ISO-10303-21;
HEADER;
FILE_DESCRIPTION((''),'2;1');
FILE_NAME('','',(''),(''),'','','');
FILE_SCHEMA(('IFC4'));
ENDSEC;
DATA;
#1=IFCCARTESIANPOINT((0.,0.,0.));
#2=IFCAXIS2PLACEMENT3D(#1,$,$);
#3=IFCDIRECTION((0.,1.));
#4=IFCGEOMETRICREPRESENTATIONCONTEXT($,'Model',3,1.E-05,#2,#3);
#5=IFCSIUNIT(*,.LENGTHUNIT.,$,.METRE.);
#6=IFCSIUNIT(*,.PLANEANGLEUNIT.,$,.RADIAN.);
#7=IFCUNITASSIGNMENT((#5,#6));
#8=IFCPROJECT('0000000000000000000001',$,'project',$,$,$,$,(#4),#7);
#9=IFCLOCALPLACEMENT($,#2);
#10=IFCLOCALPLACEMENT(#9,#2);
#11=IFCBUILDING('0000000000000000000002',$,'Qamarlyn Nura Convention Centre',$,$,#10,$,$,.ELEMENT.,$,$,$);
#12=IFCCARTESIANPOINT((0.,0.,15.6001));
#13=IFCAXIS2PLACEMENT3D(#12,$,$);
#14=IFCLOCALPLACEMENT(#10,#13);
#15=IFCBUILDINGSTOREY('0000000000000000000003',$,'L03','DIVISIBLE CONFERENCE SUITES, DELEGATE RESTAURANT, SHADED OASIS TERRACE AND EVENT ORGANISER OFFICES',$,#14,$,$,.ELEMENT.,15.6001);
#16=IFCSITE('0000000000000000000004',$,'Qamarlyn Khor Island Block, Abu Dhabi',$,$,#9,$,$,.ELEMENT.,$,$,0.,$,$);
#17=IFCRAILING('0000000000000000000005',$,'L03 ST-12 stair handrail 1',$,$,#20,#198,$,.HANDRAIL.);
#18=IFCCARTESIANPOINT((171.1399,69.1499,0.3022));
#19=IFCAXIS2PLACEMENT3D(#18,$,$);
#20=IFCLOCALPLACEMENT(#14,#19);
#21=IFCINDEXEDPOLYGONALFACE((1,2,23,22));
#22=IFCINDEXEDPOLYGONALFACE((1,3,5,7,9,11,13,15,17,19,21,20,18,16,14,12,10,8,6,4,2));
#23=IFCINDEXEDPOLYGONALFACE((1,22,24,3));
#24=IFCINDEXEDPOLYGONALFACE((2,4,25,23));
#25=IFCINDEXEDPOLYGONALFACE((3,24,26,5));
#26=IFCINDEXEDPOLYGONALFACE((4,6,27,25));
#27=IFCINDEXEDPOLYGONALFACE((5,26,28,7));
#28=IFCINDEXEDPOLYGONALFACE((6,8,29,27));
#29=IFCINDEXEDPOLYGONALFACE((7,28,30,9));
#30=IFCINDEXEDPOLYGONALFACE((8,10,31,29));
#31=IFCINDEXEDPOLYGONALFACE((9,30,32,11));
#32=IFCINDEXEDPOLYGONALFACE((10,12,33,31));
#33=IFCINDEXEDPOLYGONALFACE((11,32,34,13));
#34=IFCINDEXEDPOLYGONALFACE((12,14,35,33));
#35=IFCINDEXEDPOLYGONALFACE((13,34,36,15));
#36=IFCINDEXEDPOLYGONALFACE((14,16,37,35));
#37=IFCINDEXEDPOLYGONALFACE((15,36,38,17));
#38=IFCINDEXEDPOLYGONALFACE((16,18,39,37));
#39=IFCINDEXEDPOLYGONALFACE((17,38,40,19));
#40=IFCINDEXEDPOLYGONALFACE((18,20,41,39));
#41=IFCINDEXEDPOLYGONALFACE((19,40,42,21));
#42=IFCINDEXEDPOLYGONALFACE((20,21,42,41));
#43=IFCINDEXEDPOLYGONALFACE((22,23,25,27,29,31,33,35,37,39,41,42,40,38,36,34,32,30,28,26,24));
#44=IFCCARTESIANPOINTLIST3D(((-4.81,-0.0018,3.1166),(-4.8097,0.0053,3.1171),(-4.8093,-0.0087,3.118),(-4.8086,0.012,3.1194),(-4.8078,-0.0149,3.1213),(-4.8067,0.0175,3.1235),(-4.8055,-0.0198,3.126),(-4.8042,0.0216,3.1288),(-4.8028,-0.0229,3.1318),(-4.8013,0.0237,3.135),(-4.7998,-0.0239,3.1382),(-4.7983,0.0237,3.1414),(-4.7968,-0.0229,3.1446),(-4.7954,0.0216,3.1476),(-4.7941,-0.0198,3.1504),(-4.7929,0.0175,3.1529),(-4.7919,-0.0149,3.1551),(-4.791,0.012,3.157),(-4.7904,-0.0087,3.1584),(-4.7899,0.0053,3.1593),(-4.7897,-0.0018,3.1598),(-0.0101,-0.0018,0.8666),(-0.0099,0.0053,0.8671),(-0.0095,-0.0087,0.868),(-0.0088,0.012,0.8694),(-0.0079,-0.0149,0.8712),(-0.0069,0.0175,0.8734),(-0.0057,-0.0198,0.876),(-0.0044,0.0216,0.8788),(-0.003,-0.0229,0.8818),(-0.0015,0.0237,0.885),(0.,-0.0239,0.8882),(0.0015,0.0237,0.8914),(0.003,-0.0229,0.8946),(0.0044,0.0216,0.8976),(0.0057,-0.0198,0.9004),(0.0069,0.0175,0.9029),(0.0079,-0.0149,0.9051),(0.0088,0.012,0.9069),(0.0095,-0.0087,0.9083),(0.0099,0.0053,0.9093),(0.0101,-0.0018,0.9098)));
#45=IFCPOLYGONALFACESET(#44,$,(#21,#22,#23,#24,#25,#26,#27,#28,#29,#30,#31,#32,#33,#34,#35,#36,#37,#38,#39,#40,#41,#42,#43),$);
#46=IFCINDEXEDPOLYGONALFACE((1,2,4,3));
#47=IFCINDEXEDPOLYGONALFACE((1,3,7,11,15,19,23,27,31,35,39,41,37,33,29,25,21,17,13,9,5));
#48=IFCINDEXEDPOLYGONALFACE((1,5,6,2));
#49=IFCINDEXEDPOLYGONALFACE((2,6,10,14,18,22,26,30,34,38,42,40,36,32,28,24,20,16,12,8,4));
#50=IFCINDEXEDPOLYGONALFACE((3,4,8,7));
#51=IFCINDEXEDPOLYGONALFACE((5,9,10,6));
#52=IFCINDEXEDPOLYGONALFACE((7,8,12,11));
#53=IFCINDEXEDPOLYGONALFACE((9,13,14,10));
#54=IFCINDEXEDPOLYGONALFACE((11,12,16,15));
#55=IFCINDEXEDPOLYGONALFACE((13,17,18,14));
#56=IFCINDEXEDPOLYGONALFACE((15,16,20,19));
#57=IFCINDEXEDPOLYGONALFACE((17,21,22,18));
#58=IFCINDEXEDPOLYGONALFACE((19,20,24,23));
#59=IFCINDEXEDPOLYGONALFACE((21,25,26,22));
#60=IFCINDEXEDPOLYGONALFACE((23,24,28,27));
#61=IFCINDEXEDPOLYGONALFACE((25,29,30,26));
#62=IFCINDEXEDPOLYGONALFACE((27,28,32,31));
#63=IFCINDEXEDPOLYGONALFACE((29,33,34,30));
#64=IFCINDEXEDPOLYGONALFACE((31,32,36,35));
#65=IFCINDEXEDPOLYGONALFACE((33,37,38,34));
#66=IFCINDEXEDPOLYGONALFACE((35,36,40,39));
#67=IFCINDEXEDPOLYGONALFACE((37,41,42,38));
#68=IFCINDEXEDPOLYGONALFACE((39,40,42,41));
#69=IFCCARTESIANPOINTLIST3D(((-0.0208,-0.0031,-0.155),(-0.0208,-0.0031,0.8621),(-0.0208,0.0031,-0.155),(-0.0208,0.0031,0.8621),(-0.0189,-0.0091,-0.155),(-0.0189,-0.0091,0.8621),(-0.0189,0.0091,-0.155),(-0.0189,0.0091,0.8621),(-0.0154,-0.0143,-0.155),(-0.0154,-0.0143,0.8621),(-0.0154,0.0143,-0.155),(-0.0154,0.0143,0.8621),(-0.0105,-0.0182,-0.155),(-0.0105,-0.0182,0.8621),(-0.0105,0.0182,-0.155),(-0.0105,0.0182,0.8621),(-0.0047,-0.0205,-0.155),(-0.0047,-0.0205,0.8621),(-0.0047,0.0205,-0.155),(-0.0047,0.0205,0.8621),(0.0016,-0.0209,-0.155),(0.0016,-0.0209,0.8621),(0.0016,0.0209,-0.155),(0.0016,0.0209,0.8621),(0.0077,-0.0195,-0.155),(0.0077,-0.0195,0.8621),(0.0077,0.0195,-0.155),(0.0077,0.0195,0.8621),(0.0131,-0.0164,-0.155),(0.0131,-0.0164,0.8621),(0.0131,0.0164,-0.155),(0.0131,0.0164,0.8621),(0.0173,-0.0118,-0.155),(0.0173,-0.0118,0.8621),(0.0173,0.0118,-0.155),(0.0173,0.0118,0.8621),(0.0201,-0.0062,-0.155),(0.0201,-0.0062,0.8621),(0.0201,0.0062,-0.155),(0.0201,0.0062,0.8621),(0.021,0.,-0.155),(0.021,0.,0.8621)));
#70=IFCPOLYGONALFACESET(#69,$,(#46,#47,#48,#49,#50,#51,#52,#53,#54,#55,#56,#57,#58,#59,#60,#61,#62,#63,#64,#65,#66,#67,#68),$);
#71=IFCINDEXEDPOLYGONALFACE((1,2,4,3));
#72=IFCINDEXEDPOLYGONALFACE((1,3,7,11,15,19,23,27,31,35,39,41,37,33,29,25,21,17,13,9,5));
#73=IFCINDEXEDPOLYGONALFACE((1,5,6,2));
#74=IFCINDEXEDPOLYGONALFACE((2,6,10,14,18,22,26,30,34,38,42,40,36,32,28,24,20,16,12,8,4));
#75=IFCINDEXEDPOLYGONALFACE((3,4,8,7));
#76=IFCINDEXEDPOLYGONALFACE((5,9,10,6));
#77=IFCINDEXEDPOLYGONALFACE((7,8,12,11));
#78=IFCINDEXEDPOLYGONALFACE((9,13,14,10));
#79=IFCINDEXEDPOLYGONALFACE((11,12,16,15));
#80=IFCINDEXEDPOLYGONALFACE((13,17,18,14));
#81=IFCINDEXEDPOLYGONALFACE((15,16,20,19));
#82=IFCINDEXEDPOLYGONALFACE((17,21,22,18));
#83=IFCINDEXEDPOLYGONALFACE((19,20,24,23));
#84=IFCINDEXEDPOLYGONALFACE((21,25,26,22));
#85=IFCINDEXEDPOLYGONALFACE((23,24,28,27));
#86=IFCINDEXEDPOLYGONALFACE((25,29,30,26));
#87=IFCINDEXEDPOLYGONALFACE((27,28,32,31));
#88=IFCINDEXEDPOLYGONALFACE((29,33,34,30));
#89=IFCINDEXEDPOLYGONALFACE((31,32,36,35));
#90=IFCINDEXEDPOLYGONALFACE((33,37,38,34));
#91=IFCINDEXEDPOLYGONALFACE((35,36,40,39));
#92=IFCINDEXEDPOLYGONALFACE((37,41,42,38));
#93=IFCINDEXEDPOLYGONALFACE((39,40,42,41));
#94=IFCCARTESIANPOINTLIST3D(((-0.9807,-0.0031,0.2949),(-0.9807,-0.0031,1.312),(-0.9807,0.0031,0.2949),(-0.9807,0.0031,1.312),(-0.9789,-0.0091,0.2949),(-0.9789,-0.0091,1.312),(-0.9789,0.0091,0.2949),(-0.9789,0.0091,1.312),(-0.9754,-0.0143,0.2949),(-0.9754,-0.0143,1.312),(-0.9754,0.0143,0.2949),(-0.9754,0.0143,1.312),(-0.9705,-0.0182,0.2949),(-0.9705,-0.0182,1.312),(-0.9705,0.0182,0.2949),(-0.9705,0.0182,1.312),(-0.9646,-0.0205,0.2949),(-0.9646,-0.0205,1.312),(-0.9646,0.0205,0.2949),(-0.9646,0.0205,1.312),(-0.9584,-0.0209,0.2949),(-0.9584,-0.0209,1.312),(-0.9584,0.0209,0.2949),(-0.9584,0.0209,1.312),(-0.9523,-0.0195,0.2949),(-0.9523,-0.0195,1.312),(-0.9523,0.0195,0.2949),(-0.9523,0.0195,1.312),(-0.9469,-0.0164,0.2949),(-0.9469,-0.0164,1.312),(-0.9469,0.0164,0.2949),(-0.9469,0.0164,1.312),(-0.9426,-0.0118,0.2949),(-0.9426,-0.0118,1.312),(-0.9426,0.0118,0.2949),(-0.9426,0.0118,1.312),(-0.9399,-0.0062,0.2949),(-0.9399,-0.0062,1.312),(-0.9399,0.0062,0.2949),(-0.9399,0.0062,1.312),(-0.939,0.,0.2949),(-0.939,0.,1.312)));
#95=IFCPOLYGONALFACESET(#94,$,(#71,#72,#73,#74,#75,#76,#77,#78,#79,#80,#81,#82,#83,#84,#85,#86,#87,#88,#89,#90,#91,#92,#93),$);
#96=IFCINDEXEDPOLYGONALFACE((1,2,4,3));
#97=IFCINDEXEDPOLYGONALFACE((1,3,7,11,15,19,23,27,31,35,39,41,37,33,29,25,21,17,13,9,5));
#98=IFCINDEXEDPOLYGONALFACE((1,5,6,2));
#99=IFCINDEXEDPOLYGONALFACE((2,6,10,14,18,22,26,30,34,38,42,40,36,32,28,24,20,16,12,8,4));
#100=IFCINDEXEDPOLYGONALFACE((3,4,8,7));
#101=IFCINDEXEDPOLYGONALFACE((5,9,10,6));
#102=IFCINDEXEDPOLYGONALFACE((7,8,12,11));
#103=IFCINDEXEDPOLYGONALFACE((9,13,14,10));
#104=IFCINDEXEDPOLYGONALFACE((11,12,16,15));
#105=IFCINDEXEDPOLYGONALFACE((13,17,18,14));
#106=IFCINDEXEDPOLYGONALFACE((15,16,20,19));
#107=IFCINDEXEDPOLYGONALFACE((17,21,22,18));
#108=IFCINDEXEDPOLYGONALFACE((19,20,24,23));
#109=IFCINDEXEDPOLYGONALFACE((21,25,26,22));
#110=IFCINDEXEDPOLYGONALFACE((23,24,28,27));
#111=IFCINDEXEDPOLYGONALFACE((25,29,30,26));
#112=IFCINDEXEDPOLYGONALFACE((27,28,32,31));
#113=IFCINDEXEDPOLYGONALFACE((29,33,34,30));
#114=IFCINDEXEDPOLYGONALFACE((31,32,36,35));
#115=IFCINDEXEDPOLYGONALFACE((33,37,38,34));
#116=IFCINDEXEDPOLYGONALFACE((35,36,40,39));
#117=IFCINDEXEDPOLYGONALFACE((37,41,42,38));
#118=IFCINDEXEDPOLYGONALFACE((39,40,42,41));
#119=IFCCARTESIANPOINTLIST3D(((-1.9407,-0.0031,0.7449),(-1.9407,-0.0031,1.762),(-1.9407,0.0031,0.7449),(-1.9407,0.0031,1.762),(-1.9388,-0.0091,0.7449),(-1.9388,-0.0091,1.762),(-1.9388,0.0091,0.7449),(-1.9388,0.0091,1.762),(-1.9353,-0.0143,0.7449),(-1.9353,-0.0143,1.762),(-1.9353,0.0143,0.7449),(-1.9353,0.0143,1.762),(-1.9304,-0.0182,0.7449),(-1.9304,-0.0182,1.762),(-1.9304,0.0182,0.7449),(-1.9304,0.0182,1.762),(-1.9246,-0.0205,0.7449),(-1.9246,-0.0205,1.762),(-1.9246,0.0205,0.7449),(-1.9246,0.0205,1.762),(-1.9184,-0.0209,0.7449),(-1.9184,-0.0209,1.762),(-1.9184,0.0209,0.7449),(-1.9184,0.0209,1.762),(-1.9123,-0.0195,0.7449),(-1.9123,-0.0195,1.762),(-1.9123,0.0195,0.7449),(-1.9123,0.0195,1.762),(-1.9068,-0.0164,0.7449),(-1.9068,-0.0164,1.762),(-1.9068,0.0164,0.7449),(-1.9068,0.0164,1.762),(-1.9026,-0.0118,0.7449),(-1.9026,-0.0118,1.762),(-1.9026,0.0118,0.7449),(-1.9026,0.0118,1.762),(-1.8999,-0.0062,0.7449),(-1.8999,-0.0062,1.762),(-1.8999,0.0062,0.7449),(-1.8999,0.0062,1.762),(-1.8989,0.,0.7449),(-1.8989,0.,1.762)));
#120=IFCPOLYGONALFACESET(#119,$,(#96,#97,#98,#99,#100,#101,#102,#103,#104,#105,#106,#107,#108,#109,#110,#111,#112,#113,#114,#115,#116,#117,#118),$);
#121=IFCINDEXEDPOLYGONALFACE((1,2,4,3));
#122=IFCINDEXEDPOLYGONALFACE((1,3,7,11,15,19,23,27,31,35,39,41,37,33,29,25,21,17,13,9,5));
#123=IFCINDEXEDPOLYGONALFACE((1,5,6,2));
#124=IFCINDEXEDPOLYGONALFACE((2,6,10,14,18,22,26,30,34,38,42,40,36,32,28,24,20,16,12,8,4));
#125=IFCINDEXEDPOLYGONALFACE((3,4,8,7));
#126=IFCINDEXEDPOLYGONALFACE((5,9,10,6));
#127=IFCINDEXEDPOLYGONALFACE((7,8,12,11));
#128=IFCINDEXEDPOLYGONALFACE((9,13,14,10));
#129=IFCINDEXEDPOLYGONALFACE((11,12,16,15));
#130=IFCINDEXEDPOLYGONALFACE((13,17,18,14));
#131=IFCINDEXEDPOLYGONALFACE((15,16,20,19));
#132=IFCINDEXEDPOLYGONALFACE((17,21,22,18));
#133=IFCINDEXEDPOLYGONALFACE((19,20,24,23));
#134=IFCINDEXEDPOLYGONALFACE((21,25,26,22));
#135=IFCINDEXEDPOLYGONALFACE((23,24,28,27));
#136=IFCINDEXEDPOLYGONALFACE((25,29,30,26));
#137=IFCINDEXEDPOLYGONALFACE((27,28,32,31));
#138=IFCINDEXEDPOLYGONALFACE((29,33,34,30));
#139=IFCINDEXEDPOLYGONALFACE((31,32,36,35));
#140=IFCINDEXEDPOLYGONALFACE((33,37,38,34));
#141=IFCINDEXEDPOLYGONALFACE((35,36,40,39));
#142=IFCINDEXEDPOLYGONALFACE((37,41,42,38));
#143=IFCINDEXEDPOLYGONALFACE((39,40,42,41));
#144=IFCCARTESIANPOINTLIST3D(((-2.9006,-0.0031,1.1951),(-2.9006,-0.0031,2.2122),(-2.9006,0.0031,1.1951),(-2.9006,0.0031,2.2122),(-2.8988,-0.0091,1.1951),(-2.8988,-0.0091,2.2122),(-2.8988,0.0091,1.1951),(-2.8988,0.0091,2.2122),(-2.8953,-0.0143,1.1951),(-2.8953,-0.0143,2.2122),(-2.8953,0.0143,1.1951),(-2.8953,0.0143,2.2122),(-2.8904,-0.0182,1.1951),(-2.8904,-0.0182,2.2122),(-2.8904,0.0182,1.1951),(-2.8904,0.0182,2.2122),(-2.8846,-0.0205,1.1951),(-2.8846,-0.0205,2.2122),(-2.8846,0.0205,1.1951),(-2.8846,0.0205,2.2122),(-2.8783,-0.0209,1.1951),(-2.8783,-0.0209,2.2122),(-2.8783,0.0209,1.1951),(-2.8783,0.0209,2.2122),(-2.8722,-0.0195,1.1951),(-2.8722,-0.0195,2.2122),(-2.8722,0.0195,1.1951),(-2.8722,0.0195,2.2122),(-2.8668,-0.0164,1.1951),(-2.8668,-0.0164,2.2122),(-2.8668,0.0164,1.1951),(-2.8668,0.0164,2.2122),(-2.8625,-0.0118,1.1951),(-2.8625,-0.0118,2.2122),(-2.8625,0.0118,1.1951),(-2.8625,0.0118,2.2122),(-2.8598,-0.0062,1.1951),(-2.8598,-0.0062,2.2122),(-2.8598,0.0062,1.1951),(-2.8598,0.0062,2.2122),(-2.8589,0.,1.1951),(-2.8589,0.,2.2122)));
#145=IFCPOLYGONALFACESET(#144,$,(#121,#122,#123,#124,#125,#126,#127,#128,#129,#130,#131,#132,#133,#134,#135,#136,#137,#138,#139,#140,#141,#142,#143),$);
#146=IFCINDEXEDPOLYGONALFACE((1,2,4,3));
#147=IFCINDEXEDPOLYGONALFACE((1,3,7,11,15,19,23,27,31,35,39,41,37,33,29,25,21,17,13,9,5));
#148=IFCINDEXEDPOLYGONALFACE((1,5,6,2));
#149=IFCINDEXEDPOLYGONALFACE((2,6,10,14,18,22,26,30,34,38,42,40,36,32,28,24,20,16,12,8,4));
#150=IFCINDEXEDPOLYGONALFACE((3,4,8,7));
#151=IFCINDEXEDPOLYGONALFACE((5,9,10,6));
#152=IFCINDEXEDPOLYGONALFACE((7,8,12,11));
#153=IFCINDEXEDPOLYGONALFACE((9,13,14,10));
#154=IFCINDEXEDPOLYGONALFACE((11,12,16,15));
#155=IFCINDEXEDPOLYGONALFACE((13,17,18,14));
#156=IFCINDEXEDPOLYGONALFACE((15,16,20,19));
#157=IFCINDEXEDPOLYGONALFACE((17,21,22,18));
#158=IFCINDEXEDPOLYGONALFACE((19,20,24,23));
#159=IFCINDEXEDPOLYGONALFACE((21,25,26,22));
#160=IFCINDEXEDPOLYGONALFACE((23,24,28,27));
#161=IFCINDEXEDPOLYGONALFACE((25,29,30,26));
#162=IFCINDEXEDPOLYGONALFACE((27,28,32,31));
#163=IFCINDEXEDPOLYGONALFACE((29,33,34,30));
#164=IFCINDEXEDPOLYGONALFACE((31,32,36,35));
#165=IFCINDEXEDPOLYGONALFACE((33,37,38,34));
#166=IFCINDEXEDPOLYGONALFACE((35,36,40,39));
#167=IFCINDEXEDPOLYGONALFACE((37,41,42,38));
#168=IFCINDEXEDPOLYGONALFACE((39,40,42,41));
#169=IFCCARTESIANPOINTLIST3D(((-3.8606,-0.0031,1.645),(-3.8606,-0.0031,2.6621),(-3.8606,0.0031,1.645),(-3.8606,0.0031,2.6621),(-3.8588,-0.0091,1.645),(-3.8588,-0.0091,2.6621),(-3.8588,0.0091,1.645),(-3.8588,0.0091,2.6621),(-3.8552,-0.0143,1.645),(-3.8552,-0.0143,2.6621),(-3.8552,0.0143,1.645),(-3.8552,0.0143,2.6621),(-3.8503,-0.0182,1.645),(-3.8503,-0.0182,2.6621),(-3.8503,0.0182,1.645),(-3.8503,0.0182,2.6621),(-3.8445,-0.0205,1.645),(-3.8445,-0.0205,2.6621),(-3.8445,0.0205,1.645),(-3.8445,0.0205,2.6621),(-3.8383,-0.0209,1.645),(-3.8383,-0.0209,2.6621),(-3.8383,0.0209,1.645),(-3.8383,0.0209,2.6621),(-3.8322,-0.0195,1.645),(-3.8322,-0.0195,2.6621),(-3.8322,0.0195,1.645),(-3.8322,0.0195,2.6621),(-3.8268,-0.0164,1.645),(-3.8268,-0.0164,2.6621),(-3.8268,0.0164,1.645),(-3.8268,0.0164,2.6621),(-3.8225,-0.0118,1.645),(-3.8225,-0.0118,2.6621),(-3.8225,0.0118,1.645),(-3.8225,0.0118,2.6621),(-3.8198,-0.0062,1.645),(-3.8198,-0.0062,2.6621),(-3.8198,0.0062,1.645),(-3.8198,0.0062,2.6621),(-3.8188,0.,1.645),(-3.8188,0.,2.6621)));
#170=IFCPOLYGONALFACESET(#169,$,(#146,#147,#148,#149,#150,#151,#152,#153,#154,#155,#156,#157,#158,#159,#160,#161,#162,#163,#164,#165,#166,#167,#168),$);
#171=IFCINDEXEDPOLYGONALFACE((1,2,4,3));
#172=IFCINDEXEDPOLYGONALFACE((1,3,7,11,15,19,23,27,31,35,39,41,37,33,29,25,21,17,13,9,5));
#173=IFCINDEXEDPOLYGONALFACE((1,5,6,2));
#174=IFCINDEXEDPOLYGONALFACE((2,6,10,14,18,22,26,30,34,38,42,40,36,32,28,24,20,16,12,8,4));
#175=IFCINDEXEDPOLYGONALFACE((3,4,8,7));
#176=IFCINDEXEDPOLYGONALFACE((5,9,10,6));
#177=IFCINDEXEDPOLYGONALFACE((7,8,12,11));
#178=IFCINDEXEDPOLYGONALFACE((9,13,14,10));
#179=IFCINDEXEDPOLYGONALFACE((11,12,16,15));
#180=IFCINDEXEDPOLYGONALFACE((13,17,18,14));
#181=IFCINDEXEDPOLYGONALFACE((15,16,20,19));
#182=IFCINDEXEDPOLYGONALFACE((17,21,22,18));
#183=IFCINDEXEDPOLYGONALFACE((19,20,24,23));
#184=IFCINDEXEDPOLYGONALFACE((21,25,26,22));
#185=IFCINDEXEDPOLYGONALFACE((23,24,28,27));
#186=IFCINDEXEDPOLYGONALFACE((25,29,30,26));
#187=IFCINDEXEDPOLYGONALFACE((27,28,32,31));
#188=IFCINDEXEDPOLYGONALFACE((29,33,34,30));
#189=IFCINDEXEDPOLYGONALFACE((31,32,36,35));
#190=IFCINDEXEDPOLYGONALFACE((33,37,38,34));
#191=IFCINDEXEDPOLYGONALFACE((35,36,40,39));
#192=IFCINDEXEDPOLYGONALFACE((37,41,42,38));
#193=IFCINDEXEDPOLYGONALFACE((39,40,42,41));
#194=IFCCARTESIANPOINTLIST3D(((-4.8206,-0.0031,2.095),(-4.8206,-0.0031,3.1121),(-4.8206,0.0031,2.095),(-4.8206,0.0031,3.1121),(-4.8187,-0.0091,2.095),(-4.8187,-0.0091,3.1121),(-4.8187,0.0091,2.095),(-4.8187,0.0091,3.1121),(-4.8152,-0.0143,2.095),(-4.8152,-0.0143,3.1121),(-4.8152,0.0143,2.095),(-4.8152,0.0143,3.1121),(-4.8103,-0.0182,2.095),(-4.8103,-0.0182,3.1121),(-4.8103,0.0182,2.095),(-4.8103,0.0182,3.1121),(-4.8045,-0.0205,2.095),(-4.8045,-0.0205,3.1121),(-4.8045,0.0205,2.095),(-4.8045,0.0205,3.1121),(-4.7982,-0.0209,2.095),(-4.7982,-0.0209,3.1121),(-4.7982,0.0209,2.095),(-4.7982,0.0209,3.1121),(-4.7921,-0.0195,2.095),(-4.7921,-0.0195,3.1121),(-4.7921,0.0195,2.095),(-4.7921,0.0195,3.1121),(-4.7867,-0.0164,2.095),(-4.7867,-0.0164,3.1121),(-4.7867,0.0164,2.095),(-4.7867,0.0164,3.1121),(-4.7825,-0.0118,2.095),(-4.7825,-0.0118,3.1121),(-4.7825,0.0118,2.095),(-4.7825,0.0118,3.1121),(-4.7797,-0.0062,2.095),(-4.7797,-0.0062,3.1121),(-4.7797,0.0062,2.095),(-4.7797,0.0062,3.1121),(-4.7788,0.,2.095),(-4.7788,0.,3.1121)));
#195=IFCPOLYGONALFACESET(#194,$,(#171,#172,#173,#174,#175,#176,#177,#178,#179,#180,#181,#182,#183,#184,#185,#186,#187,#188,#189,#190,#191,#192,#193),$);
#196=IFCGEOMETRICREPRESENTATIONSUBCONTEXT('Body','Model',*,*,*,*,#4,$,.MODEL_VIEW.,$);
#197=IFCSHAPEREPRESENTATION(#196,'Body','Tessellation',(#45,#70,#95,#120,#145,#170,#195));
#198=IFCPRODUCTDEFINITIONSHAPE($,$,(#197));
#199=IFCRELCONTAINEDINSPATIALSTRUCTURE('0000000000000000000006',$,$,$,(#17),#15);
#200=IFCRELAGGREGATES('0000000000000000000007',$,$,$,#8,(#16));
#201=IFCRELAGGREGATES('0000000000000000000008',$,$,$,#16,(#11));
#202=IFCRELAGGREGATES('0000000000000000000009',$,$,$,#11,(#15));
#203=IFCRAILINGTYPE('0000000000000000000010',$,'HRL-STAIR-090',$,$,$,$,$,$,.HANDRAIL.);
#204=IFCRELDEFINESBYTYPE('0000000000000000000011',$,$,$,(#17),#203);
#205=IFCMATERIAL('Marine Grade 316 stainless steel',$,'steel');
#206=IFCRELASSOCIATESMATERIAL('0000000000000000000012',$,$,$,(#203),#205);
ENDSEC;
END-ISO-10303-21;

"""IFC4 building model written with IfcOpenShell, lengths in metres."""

from ifc_helpers import new_model, si_unit, direction, frame, origin, origin_2d, place, context, subcontext, project, spatial, circle, extrude, material, type_object, element, save


model = new_model("IFC4")

# Units and contexts
model_context = context("Model", 3, precision=1e-05, world=origin(), true_north=direction((0.0, 1.0)))
body_context = subcontext(model_context, "Body", "Model", "MODEL_VIEW")
ifc_project = project(units=[si_unit("LENGTHUNIT", "METRE"), si_unit("PLANEANGLEUNIT", "RADIAN")], contexts=[model_context])

# Site, building, storey
site_placement = place(None, origin())
site = spatial("IfcSite", under=ifc_project, at=site_placement, Name="Qamarlyn Khor Island Block, Abu Dhabi", CompositionType="ELEMENT", RefElevation=0.0)
building_placement = place(site_placement, origin())
building = spatial("IfcBuilding", under=site, at=building_placement, Name="Qamarlyn Nura Convention Centre", CompositionType="ELEMENT")
storey_placement = place(building_placement, frame((0.0, 0.0, 15.6001)))
storey = spatial("IfcBuildingStorey", under=building, at=storey_placement, Name="L03", Description="DIVISIBLE CONFERENCE SUITES, DELEGATE RESTAURANT, SHADED OASIS TERRACE AND EVENT ORGANISER OFFICES", CompositionType="ELEMENT", Elevation=15.6001)

# Railing
ifc_material_1 = material(Name="Marine Grade 316 stainless steel", Category="steel")
railing_type_1 = type_object("IfcRailingType", Name="HRL-STAIR-090", PredefinedType="HANDRAIL", material=ifc_material_1)
railing_1_placement = place(storey_placement, frame((171.1399, 69.1499, 0.3022)))
element("IfcRailing", 1, at=railing_1_placement, inside=storey, type_object=railing_type_1, Name="L03 ST-12 stair handrail 1", PredefinedType="HANDRAIL", context=body_context, shape_type="SweptSolid", body=[
    extrude(circle(Radius=0.0239, at=origin_2d()), frame((0.0, 0.0, 0.8882), z_axis=(-0.905452, 0.0, 0.424448), x_axis=(0.0, -1.0, 0.0)), (0.0, 0.0, 1.0), 5.301),
    extrude(circle(Radius=0.021, at=origin_2d()), frame((0.0, 0.0, -0.155)), (0.0, 0.0, 1.0), 1.0171),
    extrude(circle(Radius=0.021, at=origin_2d()), frame((-0.96, 0.0, 0.2949)), (0.0, 0.0, 1.0), 1.0171),
    extrude(circle(Radius=0.021, at=origin_2d()), frame((-1.9199, 0.0, 0.7449)), (0.0, 0.0, 1.0), 1.0171),
    extrude(circle(Radius=0.021, at=origin_2d()), frame((-2.8799, 0.0, 1.1951)), (0.0, 0.0, 1.0), 1.0171),
    extrude(circle(Radius=0.021, at=origin_2d()), frame((-3.8398, 0.0, 1.645)), (0.0, 0.0, 1.0), 1.0171),
    extrude(circle(Radius=0.021, at=origin_2d()), frame((-4.7998, 0.0, 2.095)), (0.0, 0.0, 1.0), 1.0171),
])

save(model, "model.ifc")
